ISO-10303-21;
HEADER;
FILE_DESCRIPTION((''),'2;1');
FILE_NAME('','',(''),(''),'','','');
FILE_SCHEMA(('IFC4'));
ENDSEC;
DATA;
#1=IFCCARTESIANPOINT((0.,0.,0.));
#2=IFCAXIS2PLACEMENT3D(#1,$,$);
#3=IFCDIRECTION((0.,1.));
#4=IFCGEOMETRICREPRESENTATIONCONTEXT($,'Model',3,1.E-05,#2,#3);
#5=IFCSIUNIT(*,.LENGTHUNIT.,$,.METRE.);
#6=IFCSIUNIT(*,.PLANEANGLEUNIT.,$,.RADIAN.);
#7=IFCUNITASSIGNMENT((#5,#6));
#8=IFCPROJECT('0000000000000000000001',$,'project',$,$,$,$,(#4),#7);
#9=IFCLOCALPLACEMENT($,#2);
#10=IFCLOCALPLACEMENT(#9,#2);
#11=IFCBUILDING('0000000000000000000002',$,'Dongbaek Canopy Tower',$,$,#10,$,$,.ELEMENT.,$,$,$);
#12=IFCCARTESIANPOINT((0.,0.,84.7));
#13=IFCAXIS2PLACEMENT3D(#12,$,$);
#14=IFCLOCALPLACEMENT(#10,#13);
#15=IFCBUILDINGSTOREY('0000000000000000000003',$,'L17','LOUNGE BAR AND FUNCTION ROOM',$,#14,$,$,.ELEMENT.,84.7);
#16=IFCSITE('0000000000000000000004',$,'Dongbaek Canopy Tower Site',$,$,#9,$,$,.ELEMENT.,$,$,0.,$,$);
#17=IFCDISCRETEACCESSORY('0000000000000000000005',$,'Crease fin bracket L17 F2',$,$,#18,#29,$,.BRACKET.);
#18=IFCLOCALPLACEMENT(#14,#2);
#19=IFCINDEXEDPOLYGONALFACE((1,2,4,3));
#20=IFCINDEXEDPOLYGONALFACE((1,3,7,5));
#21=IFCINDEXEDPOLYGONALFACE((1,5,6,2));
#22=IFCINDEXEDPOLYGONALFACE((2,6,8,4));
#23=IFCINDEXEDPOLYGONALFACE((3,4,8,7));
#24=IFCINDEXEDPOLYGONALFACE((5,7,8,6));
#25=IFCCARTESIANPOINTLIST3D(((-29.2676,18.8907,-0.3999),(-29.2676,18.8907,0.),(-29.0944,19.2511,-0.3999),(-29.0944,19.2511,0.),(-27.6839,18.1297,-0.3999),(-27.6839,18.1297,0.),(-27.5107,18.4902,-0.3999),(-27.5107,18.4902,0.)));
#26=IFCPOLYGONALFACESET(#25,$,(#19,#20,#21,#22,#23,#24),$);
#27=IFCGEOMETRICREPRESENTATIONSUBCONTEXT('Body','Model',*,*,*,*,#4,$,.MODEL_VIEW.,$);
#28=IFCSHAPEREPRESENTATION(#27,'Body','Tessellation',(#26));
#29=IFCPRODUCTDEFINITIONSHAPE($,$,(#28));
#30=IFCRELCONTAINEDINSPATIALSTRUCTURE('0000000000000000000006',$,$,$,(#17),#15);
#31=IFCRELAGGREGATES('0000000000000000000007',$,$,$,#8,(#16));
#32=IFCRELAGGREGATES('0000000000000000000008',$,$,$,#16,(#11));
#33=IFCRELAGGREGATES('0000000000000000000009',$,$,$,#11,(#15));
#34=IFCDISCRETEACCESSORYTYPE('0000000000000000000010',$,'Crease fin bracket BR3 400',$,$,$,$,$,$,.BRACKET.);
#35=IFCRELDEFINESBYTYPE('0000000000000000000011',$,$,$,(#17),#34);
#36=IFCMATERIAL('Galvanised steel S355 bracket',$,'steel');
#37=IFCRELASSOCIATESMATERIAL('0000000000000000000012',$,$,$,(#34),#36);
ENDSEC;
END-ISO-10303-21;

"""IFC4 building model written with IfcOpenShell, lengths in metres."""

from ifc_helpers import new_model, si_unit, direction, frame, origin, origin_2d, place, context, subcontext, project, spatial, rectangle, extrude, material, type_object, element, save


model = new_model("IFC4")

# Units and contexts
model_context = context("Model", 3, precision=1e-05, world=origin(), true_north=direction((0.0, 1.0)))
body_context = subcontext(model_context, "Body", "Model", "MODEL_VIEW")
ifc_project = project(units=[si_unit("LENGTHUNIT", "METRE"), si_unit("PLANEANGLEUNIT", "RADIAN")], contexts=[model_context])

# Site, building, storey
site_placement = place(None, origin())
site = spatial("IfcSite", under=ifc_project, at=site_placement, Name="Dongbaek Canopy Tower Site", CompositionType="ELEMENT", RefElevation=0.0)
building_placement = place(site_placement, origin())
building = spatial("IfcBuilding", under=site, at=building_placement, Name="Dongbaek Canopy Tower", CompositionType="ELEMENT")
storey_placement = place(building_placement, frame((0.0, 0.0, 84.7)))
storey = spatial("IfcBuildingStorey", under=building, at=storey_placement, Name="L17", Description="LOUNGE BAR AND FUNCTION ROOM", CompositionType="ELEMENT", Elevation=84.7)

# Discrete accessory
ifc_material_1 = material(Name="Galvanised steel S355 bracket", Category="steel")
discrete_accessory_type = type_object("IfcDiscreteAccessoryType", Name="Crease fin bracket BR3 400", PredefinedType="BRACKET", material=ifc_material_1)
discrete_accessory_placement = place(storey_placement, frame((-28.3892, 18.6904, -0.3999), z_axis=(0.0, 0.0, 1.0), x_axis=(-0.901357, 0.433077, 0.0)))
element("IfcDiscreteAccessory", 1, at=discrete_accessory_placement, inside=storey, type_object=discrete_accessory_type, Name="Crease fin bracket L17 F2", PredefinedType="BRACKET", context=body_context, shape_type="SweptSolid", body=[
    extrude(rectangle(XDim=1.7571, YDim=0.3999, at=origin_2d()), origin(), (0.0, 0.0, 1.0), 0.3999),
])

save(model, "model.ifc")
